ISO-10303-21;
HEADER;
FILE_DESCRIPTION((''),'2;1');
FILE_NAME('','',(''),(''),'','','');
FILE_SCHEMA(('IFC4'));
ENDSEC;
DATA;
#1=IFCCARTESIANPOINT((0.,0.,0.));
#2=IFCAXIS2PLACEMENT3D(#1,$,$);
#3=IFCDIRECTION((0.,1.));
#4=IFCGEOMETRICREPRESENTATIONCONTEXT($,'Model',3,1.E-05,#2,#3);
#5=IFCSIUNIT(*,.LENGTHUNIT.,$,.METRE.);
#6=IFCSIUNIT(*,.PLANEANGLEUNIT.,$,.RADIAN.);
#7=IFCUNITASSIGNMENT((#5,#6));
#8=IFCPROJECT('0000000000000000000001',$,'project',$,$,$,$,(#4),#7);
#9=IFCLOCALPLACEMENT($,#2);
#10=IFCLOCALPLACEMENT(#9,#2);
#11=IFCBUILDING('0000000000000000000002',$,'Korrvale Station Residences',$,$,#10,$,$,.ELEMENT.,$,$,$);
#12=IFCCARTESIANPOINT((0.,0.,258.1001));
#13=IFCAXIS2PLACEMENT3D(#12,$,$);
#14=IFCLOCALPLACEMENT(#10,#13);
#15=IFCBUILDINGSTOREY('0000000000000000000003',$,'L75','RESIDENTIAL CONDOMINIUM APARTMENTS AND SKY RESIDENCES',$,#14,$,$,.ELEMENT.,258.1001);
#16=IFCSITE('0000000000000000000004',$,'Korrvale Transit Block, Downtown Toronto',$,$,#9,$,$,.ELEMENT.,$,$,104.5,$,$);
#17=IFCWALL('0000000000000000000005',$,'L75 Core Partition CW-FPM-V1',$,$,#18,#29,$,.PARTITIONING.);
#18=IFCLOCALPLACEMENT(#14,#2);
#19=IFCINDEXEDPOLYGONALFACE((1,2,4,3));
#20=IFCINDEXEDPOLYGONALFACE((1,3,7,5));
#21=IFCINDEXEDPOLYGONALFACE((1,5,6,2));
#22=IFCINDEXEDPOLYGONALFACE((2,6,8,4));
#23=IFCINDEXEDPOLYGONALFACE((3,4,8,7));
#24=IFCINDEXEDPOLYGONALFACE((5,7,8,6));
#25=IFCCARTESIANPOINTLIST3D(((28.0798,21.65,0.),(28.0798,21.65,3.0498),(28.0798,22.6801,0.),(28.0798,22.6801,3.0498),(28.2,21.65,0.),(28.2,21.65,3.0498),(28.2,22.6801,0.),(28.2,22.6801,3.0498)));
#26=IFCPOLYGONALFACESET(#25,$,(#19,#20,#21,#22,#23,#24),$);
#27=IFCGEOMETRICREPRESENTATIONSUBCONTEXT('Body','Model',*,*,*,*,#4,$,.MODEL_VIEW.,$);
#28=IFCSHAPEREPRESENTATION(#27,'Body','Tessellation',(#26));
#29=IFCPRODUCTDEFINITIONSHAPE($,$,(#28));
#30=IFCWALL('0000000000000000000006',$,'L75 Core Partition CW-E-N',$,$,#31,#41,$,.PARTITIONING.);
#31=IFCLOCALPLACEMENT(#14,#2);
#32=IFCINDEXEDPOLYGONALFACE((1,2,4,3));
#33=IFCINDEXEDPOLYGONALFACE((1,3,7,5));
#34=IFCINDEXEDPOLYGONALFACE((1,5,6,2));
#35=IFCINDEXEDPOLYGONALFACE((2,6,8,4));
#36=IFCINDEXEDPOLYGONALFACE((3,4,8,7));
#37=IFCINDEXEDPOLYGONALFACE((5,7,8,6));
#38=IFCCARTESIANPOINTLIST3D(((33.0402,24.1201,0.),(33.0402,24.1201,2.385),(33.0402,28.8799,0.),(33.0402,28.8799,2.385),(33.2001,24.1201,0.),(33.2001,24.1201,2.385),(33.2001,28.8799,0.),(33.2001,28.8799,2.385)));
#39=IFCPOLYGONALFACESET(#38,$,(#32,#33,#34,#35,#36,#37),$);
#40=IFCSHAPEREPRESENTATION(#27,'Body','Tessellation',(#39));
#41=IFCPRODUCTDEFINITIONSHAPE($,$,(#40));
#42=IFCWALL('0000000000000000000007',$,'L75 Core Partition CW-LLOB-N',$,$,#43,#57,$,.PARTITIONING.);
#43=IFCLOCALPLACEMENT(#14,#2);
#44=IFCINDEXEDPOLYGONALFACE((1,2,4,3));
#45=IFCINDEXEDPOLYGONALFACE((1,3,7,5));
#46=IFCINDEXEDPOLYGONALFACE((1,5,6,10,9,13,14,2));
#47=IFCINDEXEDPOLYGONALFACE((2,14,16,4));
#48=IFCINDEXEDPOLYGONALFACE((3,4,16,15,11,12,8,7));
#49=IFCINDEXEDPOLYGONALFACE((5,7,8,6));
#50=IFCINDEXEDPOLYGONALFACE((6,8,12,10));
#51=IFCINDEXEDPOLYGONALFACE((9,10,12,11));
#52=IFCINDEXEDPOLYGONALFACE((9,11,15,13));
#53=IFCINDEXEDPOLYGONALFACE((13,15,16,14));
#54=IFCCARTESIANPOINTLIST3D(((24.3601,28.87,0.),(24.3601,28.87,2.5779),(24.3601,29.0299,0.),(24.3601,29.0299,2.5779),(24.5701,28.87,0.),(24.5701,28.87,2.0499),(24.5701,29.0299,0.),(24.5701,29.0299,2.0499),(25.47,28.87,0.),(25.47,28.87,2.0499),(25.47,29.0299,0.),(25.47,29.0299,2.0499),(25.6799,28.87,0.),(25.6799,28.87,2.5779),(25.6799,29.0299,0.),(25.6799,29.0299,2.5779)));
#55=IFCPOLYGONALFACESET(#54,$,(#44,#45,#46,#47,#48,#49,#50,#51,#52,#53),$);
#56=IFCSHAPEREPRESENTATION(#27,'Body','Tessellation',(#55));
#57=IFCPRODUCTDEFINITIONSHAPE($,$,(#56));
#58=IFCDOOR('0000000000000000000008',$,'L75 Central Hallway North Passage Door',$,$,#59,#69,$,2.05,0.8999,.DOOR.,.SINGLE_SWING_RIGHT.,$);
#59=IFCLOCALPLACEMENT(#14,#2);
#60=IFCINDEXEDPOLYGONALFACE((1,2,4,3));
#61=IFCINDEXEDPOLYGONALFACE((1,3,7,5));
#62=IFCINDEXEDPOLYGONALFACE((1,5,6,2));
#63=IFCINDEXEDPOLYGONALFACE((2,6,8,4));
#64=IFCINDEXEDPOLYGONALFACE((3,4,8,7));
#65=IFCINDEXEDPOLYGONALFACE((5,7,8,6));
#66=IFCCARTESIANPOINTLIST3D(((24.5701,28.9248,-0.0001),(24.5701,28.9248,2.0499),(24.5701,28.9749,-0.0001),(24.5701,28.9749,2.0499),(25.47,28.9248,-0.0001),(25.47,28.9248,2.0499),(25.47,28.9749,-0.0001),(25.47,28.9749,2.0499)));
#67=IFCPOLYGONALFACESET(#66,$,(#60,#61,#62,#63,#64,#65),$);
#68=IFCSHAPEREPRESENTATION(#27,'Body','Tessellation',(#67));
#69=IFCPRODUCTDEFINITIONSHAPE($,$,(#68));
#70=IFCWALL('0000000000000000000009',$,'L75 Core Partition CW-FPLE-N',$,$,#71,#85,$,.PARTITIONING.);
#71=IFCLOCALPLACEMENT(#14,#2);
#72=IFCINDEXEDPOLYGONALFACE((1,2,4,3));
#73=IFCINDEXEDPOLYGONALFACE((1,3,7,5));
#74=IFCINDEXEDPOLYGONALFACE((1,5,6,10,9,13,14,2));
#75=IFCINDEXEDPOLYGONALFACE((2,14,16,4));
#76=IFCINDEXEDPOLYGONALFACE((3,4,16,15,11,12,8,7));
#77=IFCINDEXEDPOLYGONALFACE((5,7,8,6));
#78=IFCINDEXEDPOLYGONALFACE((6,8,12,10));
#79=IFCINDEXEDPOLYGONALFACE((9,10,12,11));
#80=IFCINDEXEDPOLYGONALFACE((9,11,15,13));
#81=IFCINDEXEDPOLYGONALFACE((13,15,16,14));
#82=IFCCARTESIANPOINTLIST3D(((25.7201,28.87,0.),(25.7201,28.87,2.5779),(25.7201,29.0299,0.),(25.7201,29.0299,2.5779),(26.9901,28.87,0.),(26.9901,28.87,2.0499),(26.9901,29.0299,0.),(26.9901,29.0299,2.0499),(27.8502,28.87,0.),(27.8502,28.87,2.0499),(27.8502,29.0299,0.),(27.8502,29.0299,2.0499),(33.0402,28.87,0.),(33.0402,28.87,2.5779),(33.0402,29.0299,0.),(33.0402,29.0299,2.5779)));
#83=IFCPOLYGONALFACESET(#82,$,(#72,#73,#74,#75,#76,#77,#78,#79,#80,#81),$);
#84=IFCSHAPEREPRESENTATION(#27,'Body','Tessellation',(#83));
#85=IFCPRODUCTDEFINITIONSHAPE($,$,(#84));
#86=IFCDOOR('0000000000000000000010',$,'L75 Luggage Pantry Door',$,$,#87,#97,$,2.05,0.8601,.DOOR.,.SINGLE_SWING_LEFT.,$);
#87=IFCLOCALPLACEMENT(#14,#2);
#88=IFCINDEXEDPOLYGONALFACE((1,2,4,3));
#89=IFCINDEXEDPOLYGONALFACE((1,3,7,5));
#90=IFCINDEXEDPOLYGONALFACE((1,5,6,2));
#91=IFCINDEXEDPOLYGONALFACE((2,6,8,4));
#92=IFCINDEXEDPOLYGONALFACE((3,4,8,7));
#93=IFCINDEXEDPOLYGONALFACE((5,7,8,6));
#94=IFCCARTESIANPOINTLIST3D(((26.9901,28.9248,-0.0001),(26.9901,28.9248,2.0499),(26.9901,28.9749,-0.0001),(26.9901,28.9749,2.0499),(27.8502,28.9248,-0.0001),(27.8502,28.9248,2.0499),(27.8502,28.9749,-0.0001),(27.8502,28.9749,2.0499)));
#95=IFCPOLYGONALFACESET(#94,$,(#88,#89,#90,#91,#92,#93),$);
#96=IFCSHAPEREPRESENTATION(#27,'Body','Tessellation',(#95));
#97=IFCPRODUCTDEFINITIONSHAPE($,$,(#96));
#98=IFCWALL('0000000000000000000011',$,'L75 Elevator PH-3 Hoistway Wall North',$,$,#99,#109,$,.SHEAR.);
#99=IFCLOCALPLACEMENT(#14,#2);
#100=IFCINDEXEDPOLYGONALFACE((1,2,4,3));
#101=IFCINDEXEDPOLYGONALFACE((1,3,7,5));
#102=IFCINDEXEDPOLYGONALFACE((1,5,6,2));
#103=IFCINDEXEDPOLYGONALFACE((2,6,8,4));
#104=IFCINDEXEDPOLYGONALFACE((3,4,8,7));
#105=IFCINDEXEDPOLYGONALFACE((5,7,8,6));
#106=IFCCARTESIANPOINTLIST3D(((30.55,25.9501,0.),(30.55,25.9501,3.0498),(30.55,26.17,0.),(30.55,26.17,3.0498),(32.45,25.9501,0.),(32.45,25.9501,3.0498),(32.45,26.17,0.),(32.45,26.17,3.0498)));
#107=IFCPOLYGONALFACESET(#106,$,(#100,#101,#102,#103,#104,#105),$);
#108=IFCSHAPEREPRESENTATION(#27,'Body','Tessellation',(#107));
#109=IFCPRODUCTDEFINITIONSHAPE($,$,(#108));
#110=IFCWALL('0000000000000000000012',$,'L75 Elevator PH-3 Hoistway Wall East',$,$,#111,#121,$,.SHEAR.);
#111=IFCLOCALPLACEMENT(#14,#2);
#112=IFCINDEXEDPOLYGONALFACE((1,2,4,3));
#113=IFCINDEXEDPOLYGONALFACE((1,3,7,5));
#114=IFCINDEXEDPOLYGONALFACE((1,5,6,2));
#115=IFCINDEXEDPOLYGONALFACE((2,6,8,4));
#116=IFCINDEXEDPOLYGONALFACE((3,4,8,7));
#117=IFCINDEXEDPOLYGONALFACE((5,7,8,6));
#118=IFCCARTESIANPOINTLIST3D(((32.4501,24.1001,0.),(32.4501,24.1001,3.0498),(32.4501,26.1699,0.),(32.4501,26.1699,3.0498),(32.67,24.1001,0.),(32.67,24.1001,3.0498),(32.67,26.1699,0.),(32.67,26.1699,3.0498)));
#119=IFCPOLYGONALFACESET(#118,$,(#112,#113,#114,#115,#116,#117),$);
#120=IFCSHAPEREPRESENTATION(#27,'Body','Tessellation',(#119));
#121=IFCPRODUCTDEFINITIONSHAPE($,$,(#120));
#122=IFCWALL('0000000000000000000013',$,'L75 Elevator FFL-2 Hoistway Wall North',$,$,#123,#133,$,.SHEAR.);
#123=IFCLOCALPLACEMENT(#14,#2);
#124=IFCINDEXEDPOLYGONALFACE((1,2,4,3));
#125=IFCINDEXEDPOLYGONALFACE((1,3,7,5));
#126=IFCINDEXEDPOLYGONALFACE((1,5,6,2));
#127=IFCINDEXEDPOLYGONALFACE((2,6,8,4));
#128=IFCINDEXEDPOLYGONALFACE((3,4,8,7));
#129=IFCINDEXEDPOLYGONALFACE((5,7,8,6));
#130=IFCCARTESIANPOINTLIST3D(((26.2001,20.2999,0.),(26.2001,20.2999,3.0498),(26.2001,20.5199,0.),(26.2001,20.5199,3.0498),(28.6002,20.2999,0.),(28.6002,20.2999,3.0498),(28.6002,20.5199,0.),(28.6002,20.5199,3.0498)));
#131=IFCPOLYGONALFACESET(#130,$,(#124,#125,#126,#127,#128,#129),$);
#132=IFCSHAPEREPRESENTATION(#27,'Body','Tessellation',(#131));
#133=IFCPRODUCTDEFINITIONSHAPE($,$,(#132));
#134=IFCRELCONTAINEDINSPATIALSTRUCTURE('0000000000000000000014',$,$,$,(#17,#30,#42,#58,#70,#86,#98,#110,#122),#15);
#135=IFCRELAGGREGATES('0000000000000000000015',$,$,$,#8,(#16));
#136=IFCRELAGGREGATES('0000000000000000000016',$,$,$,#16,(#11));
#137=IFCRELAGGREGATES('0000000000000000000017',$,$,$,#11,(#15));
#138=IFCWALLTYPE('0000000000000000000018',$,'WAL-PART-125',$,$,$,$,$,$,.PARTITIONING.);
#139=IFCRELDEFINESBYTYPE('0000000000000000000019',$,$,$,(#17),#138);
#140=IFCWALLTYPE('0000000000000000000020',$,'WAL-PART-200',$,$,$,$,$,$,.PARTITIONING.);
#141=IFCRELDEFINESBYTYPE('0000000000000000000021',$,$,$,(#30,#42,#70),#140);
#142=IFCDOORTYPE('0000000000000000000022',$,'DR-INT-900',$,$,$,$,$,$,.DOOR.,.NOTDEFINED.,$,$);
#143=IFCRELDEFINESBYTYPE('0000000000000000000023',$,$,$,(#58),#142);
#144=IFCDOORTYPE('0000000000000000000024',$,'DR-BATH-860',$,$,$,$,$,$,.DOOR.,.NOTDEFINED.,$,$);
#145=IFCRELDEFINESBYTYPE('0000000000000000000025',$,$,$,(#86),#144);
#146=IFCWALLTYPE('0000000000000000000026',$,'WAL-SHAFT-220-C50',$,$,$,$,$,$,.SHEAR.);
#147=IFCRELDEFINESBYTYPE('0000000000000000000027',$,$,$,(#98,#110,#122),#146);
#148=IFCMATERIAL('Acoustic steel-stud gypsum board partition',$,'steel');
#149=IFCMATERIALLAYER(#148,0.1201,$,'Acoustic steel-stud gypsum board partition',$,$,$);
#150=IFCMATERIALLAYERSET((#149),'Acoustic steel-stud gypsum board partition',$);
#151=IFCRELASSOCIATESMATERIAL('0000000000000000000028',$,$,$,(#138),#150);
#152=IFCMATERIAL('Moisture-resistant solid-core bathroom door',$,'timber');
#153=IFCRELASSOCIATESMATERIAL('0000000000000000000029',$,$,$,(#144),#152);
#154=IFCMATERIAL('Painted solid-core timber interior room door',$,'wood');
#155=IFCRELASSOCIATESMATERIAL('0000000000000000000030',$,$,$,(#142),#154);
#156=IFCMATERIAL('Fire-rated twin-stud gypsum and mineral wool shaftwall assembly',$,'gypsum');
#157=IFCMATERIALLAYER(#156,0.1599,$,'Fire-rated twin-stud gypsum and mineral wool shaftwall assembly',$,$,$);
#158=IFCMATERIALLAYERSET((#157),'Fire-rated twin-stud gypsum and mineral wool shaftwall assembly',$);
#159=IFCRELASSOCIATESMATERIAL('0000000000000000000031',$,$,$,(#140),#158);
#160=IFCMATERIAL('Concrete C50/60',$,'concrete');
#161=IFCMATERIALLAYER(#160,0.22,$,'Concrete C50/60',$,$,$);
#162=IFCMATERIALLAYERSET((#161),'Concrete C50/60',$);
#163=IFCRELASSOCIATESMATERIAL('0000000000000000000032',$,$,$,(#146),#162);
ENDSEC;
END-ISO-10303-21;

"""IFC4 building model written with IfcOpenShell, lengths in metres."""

from ifc_helpers import new_model, si_unit, direction, frame, frame_2d, origin, place, context, subcontext, project, spatial, rectangle, extrude, material, layer, layer_set, type_object, element, fill, save


model = new_model("IFC4")

# Units and contexts
model_context = context("Model", 3, precision=1e-05, world=origin(), true_north=direction((0.0, 1.0)))
body_context = subcontext(model_context, "Body", "Model", "MODEL_VIEW")
ifc_project = project(units=[si_unit("LENGTHUNIT", "METRE"), si_unit("PLANEANGLEUNIT", "RADIAN")], contexts=[model_context])

# Site, building, storey
site_placement = place(None, origin())
site = spatial("IfcSite", under=ifc_project, at=site_placement, Name="Korrvale Transit Block, Downtown Toronto", CompositionType="ELEMENT", RefElevation=104.5)
building_placement = place(site_placement, origin())
building = spatial("IfcBuilding", under=site, at=building_placement, Name="Korrvale Station Residences", CompositionType="ELEMENT")
storey_placement = place(building_placement, frame((0.0, 0.0, 258.1001)))
storey = spatial("IfcBuildingStorey", under=building, at=storey_placement, Name="L75", Description="RESIDENTIAL CONDOMINIUM APARTMENTS AND SKY RESIDENCES", CompositionType="ELEMENT", Elevation=258.1001)

# Shared definitions
ifc_material_1 = material(Name="Concrete C50/60", Category="concrete")

# Shared definitions
ifc_material_2 = material(Name="Acoustic steel-stud gypsum board partition", Category="steel")
ifc_layer_1 = layer(ifc_material_2, 0.1201, Name="Acoustic steel-stud gypsum board partition")
ifc_layer_set_1 = layer_set([ifc_layer_1], Name="Acoustic steel-stud gypsum board partition")
wall_type_1 = type_object("IfcWallType", Name="WAL-PART-125", PredefinedType="PARTITIONING", material=ifc_layer_set_1)

# Shared definitions
ifc_material_3 = material(Name="Moisture-resistant solid-core bathroom door", Category="timber")
door_type_1 = type_object("IfcDoorType", Name="DR-BATH-860", OperationType="NOTDEFINED", PredefinedType="DOOR", material=ifc_material_3)

# Shared definitions
ifc_material_4 = material(Name="Painted solid-core timber interior room door", Category="wood")
door_type_2 = type_object("IfcDoorType", Name="DR-INT-900", OperationType="NOTDEFINED", PredefinedType="DOOR", material=ifc_material_4)

# Walls
wall_1_placement = place(storey_placement, frame((28.1399, 21.6499, 0.0), z_axis=(0.0, 0.0, 1.0), x_axis=(0.0, 1.0, 0.0)))
element("IfcWall", 1, at=wall_1_placement, inside=storey, type_object=wall_type_1, Name="L75 Core Partition CW-FPM-V1", PredefinedType="PARTITIONING", context=body_context, shape_type="SweptSolid", body=[
    extrude(rectangle(XDim=1.03, YDim=0.1201, at=frame_2d((0.5151, 0.0))), origin(), (0.0, 0.0, 1.0), 3.0498),
])
ifc_material_5 = material(Name="Fire-rated twin-stud gypsum and mineral wool shaftwall assembly", Category="gypsum")
ifc_layer_2 = layer(ifc_material_5, 0.1599, Name="Fire-rated twin-stud gypsum and mineral wool shaftwall assembly")
ifc_layer_set_2 = layer_set([ifc_layer_2], Name="Fire-rated twin-stud gypsum and mineral wool shaftwall assembly")
wall_type_2 = type_object("IfcWallType", Name="WAL-PART-200", PredefinedType="PARTITIONING", material=ifc_layer_set_2)
wall_2_placement = place(storey_placement, frame((33.1201, 24.1201, 0.0), z_axis=(0.0, 0.0, 1.0), x_axis=(0.0, 1.0, 0.0)))
element("IfcWall", 2, at=wall_2_placement, inside=storey, type_object=wall_type_2, Name="L75 Core Partition CW-E-N", PredefinedType="PARTITIONING", context=body_context, shape_type="SweptSolid", body=[
    extrude(rectangle(XDim=4.7598, YDim=0.1599, at=frame_2d((2.3799, 0.0))), origin(), (0.0, 0.0, 1.0), 2.385),
])

# Walls, openings, doors
wall_3_placement = place(storey_placement, frame((24.3601, 28.95, 0.0), z_axis=(0.0, 0.0, 1.0), x_axis=(1.0, 0.0, 0.0)))
wall_3 = element("IfcWall", 3, at=wall_3_placement, inside=storey, type_object=wall_type_2, Name="L75 Core Partition CW-LLOB-N", PredefinedType="PARTITIONING", context=body_context, shape_type="SweptSolid", body=[
    extrude(rectangle(XDim=1.3198, YDim=0.1599, at=frame_2d((0.6599, 0.0))), origin(), (0.0, 0.0, 1.0), 2.5779),
])
opening_1_placement = place(wall_3_placement, frame((0.21, 0.0, 0.0)))
opening_1 = element("IfcOpeningElement", 4, at=opening_1_placement, cuts=wall_3, PredefinedType="OPENING", context=body_context, shape_type="SweptSolid", body=[
    extrude(rectangle(XDim=0.8999, YDim=2.05, at=frame_2d((0.45, 1.0249))), frame((0.0, 0.0898, 0.0), z_axis=(0.0, -1.0, 0.0), x_axis=(1.0, 0.0, 0.0)), (0.0, 0.0, 1.0), 0.1799),
])
door_1_placement = place(opening_1_placement, origin())
door_1 = element("IfcDoor", 5, at=door_1_placement, inside=storey, type_object=door_type_2, Name="L75 Central Hallway North Passage Door", OperationType="SINGLE_SWING_RIGHT", OverallHeight=2.05, OverallWidth=0.8999, PredefinedType="DOOR", context=body_context, shape_type="SweptSolid", body=[
    extrude(rectangle(XDim=0.8999, YDim=2.05, at=frame_2d((0.45, 1.0249))), frame((0.0, 0.0249, 0.0), z_axis=(0.0, -1.0, 0.0), x_axis=(1.0, 0.0, 0.0)), (0.0, 0.0, 1.0), 0.05),
])
fill(opening_1, door_1)
wall_4_placement = place(storey_placement, frame((25.72, 28.95, 0.0), z_axis=(0.0, 0.0, 1.0), x_axis=(1.0, 0.0, 0.0)))
wall_4 = element("IfcWall", 6, at=wall_4_placement, inside=storey, type_object=wall_type_2, Name="L75 Core Partition CW-FPLE-N", PredefinedType="PARTITIONING", context=body_context, shape_type="SweptSolid", body=[
    extrude(rectangle(XDim=7.3201, YDim=0.1599, at=frame_2d((3.6602, 0.0))), origin(), (0.0, 0.0, 1.0), 2.5779),
])
opening_2_placement = place(wall_4_placement, frame((1.27, 0.0, 0.0)))
opening_2 = element("IfcOpeningElement", 7, at=opening_2_placement, cuts=wall_4, PredefinedType="OPENING", context=body_context, shape_type="SweptSolid", body=[
    extrude(rectangle(XDim=0.8601, YDim=2.05, at=frame_2d((0.4302, 1.0249))), frame((0.0, 0.0898, 0.0), z_axis=(0.0, -1.0, 0.0), x_axis=(1.0, 0.0, 0.0)), (0.0, 0.0, 1.0), 0.1799),
])
door_2_placement = place(opening_2_placement, origin())
door_2 = element("IfcDoor", 8, at=door_2_placement, inside=storey, type_object=door_type_1, Name="L75 Luggage Pantry Door", OperationType="SINGLE_SWING_LEFT", OverallHeight=2.05, OverallWidth=0.8601, PredefinedType="DOOR", context=body_context, shape_type="SweptSolid", body=[
    extrude(rectangle(XDim=0.8601, YDim=2.05, at=frame_2d((0.4302, 1.0249))), frame((0.0, 0.0249, 0.0), z_axis=(0.0, -1.0, 0.0), x_axis=(1.0, 0.0, 0.0)), (0.0, 0.0, 1.0), 0.05),
])
fill(opening_2, door_2)

# Wall
ifc_layer_3 = layer(ifc_material_1, 0.22, Name="Concrete C50/60")
ifc_layer_set_3 = layer_set([ifc_layer_3], Name="Concrete C50/60")
wall_type_3 = type_object("IfcWallType", Name="WAL-SHAFT-220-C50", PredefinedType="SHEAR", material=ifc_layer_set_3)
wall_5_placement = place(storey_placement, frame((30.55, 26.0601, 0.0), z_axis=(0.0, 0.0, 1.0), x_axis=(1.0, 0.0, 0.0)))
element("IfcWall", 9, at=wall_5_placement, inside=storey, type_object=wall_type_3, Name="L75 Elevator PH-3 Hoistway Wall North", PredefinedType="SHEAR", context=body_context, shape_type="SweptSolid", body=[
    extrude(rectangle(XDim=1.8999, YDim=0.22, at=frame_2d((0.95, 0.0))), origin(), (0.0, 0.0, 1.0), 3.0498),
])

# Walls
wall_6_placement = place(storey_placement, frame((32.5601, 24.1001, 0.0), z_axis=(0.0, 0.0, 1.0), x_axis=(0.0, 1.0, 0.0)))
element("IfcWall", 10, at=wall_6_placement, inside=storey, type_object=wall_type_3, Name="L75 Elevator PH-3 Hoistway Wall East", PredefinedType="SHEAR", context=body_context, shape_type="SweptSolid", body=[
    extrude(rectangle(XDim=2.0698, YDim=0.22, at=frame_2d((1.0349, 0.0))), origin(), (0.0, 0.0, 1.0), 3.0498),
])
wall_7_placement = place(storey_placement, frame((26.2, 20.4099, 0.0), z_axis=(0.0, 0.0, 1.0), x_axis=(1.0, 0.0, 0.0)))
element("IfcWall", 11, at=wall_7_placement, inside=storey, type_object=wall_type_3, Name="L75 Elevator FFL-2 Hoistway Wall North", PredefinedType="SHEAR", context=body_context, shape_type="SweptSolid", body=[
    extrude(rectangle(XDim=2.4001, YDim=0.22, at=frame_2d((1.2002, 0.0))), origin(), (0.0, 0.0, 1.0), 3.0498),
])

save(model, "model.ifc")
